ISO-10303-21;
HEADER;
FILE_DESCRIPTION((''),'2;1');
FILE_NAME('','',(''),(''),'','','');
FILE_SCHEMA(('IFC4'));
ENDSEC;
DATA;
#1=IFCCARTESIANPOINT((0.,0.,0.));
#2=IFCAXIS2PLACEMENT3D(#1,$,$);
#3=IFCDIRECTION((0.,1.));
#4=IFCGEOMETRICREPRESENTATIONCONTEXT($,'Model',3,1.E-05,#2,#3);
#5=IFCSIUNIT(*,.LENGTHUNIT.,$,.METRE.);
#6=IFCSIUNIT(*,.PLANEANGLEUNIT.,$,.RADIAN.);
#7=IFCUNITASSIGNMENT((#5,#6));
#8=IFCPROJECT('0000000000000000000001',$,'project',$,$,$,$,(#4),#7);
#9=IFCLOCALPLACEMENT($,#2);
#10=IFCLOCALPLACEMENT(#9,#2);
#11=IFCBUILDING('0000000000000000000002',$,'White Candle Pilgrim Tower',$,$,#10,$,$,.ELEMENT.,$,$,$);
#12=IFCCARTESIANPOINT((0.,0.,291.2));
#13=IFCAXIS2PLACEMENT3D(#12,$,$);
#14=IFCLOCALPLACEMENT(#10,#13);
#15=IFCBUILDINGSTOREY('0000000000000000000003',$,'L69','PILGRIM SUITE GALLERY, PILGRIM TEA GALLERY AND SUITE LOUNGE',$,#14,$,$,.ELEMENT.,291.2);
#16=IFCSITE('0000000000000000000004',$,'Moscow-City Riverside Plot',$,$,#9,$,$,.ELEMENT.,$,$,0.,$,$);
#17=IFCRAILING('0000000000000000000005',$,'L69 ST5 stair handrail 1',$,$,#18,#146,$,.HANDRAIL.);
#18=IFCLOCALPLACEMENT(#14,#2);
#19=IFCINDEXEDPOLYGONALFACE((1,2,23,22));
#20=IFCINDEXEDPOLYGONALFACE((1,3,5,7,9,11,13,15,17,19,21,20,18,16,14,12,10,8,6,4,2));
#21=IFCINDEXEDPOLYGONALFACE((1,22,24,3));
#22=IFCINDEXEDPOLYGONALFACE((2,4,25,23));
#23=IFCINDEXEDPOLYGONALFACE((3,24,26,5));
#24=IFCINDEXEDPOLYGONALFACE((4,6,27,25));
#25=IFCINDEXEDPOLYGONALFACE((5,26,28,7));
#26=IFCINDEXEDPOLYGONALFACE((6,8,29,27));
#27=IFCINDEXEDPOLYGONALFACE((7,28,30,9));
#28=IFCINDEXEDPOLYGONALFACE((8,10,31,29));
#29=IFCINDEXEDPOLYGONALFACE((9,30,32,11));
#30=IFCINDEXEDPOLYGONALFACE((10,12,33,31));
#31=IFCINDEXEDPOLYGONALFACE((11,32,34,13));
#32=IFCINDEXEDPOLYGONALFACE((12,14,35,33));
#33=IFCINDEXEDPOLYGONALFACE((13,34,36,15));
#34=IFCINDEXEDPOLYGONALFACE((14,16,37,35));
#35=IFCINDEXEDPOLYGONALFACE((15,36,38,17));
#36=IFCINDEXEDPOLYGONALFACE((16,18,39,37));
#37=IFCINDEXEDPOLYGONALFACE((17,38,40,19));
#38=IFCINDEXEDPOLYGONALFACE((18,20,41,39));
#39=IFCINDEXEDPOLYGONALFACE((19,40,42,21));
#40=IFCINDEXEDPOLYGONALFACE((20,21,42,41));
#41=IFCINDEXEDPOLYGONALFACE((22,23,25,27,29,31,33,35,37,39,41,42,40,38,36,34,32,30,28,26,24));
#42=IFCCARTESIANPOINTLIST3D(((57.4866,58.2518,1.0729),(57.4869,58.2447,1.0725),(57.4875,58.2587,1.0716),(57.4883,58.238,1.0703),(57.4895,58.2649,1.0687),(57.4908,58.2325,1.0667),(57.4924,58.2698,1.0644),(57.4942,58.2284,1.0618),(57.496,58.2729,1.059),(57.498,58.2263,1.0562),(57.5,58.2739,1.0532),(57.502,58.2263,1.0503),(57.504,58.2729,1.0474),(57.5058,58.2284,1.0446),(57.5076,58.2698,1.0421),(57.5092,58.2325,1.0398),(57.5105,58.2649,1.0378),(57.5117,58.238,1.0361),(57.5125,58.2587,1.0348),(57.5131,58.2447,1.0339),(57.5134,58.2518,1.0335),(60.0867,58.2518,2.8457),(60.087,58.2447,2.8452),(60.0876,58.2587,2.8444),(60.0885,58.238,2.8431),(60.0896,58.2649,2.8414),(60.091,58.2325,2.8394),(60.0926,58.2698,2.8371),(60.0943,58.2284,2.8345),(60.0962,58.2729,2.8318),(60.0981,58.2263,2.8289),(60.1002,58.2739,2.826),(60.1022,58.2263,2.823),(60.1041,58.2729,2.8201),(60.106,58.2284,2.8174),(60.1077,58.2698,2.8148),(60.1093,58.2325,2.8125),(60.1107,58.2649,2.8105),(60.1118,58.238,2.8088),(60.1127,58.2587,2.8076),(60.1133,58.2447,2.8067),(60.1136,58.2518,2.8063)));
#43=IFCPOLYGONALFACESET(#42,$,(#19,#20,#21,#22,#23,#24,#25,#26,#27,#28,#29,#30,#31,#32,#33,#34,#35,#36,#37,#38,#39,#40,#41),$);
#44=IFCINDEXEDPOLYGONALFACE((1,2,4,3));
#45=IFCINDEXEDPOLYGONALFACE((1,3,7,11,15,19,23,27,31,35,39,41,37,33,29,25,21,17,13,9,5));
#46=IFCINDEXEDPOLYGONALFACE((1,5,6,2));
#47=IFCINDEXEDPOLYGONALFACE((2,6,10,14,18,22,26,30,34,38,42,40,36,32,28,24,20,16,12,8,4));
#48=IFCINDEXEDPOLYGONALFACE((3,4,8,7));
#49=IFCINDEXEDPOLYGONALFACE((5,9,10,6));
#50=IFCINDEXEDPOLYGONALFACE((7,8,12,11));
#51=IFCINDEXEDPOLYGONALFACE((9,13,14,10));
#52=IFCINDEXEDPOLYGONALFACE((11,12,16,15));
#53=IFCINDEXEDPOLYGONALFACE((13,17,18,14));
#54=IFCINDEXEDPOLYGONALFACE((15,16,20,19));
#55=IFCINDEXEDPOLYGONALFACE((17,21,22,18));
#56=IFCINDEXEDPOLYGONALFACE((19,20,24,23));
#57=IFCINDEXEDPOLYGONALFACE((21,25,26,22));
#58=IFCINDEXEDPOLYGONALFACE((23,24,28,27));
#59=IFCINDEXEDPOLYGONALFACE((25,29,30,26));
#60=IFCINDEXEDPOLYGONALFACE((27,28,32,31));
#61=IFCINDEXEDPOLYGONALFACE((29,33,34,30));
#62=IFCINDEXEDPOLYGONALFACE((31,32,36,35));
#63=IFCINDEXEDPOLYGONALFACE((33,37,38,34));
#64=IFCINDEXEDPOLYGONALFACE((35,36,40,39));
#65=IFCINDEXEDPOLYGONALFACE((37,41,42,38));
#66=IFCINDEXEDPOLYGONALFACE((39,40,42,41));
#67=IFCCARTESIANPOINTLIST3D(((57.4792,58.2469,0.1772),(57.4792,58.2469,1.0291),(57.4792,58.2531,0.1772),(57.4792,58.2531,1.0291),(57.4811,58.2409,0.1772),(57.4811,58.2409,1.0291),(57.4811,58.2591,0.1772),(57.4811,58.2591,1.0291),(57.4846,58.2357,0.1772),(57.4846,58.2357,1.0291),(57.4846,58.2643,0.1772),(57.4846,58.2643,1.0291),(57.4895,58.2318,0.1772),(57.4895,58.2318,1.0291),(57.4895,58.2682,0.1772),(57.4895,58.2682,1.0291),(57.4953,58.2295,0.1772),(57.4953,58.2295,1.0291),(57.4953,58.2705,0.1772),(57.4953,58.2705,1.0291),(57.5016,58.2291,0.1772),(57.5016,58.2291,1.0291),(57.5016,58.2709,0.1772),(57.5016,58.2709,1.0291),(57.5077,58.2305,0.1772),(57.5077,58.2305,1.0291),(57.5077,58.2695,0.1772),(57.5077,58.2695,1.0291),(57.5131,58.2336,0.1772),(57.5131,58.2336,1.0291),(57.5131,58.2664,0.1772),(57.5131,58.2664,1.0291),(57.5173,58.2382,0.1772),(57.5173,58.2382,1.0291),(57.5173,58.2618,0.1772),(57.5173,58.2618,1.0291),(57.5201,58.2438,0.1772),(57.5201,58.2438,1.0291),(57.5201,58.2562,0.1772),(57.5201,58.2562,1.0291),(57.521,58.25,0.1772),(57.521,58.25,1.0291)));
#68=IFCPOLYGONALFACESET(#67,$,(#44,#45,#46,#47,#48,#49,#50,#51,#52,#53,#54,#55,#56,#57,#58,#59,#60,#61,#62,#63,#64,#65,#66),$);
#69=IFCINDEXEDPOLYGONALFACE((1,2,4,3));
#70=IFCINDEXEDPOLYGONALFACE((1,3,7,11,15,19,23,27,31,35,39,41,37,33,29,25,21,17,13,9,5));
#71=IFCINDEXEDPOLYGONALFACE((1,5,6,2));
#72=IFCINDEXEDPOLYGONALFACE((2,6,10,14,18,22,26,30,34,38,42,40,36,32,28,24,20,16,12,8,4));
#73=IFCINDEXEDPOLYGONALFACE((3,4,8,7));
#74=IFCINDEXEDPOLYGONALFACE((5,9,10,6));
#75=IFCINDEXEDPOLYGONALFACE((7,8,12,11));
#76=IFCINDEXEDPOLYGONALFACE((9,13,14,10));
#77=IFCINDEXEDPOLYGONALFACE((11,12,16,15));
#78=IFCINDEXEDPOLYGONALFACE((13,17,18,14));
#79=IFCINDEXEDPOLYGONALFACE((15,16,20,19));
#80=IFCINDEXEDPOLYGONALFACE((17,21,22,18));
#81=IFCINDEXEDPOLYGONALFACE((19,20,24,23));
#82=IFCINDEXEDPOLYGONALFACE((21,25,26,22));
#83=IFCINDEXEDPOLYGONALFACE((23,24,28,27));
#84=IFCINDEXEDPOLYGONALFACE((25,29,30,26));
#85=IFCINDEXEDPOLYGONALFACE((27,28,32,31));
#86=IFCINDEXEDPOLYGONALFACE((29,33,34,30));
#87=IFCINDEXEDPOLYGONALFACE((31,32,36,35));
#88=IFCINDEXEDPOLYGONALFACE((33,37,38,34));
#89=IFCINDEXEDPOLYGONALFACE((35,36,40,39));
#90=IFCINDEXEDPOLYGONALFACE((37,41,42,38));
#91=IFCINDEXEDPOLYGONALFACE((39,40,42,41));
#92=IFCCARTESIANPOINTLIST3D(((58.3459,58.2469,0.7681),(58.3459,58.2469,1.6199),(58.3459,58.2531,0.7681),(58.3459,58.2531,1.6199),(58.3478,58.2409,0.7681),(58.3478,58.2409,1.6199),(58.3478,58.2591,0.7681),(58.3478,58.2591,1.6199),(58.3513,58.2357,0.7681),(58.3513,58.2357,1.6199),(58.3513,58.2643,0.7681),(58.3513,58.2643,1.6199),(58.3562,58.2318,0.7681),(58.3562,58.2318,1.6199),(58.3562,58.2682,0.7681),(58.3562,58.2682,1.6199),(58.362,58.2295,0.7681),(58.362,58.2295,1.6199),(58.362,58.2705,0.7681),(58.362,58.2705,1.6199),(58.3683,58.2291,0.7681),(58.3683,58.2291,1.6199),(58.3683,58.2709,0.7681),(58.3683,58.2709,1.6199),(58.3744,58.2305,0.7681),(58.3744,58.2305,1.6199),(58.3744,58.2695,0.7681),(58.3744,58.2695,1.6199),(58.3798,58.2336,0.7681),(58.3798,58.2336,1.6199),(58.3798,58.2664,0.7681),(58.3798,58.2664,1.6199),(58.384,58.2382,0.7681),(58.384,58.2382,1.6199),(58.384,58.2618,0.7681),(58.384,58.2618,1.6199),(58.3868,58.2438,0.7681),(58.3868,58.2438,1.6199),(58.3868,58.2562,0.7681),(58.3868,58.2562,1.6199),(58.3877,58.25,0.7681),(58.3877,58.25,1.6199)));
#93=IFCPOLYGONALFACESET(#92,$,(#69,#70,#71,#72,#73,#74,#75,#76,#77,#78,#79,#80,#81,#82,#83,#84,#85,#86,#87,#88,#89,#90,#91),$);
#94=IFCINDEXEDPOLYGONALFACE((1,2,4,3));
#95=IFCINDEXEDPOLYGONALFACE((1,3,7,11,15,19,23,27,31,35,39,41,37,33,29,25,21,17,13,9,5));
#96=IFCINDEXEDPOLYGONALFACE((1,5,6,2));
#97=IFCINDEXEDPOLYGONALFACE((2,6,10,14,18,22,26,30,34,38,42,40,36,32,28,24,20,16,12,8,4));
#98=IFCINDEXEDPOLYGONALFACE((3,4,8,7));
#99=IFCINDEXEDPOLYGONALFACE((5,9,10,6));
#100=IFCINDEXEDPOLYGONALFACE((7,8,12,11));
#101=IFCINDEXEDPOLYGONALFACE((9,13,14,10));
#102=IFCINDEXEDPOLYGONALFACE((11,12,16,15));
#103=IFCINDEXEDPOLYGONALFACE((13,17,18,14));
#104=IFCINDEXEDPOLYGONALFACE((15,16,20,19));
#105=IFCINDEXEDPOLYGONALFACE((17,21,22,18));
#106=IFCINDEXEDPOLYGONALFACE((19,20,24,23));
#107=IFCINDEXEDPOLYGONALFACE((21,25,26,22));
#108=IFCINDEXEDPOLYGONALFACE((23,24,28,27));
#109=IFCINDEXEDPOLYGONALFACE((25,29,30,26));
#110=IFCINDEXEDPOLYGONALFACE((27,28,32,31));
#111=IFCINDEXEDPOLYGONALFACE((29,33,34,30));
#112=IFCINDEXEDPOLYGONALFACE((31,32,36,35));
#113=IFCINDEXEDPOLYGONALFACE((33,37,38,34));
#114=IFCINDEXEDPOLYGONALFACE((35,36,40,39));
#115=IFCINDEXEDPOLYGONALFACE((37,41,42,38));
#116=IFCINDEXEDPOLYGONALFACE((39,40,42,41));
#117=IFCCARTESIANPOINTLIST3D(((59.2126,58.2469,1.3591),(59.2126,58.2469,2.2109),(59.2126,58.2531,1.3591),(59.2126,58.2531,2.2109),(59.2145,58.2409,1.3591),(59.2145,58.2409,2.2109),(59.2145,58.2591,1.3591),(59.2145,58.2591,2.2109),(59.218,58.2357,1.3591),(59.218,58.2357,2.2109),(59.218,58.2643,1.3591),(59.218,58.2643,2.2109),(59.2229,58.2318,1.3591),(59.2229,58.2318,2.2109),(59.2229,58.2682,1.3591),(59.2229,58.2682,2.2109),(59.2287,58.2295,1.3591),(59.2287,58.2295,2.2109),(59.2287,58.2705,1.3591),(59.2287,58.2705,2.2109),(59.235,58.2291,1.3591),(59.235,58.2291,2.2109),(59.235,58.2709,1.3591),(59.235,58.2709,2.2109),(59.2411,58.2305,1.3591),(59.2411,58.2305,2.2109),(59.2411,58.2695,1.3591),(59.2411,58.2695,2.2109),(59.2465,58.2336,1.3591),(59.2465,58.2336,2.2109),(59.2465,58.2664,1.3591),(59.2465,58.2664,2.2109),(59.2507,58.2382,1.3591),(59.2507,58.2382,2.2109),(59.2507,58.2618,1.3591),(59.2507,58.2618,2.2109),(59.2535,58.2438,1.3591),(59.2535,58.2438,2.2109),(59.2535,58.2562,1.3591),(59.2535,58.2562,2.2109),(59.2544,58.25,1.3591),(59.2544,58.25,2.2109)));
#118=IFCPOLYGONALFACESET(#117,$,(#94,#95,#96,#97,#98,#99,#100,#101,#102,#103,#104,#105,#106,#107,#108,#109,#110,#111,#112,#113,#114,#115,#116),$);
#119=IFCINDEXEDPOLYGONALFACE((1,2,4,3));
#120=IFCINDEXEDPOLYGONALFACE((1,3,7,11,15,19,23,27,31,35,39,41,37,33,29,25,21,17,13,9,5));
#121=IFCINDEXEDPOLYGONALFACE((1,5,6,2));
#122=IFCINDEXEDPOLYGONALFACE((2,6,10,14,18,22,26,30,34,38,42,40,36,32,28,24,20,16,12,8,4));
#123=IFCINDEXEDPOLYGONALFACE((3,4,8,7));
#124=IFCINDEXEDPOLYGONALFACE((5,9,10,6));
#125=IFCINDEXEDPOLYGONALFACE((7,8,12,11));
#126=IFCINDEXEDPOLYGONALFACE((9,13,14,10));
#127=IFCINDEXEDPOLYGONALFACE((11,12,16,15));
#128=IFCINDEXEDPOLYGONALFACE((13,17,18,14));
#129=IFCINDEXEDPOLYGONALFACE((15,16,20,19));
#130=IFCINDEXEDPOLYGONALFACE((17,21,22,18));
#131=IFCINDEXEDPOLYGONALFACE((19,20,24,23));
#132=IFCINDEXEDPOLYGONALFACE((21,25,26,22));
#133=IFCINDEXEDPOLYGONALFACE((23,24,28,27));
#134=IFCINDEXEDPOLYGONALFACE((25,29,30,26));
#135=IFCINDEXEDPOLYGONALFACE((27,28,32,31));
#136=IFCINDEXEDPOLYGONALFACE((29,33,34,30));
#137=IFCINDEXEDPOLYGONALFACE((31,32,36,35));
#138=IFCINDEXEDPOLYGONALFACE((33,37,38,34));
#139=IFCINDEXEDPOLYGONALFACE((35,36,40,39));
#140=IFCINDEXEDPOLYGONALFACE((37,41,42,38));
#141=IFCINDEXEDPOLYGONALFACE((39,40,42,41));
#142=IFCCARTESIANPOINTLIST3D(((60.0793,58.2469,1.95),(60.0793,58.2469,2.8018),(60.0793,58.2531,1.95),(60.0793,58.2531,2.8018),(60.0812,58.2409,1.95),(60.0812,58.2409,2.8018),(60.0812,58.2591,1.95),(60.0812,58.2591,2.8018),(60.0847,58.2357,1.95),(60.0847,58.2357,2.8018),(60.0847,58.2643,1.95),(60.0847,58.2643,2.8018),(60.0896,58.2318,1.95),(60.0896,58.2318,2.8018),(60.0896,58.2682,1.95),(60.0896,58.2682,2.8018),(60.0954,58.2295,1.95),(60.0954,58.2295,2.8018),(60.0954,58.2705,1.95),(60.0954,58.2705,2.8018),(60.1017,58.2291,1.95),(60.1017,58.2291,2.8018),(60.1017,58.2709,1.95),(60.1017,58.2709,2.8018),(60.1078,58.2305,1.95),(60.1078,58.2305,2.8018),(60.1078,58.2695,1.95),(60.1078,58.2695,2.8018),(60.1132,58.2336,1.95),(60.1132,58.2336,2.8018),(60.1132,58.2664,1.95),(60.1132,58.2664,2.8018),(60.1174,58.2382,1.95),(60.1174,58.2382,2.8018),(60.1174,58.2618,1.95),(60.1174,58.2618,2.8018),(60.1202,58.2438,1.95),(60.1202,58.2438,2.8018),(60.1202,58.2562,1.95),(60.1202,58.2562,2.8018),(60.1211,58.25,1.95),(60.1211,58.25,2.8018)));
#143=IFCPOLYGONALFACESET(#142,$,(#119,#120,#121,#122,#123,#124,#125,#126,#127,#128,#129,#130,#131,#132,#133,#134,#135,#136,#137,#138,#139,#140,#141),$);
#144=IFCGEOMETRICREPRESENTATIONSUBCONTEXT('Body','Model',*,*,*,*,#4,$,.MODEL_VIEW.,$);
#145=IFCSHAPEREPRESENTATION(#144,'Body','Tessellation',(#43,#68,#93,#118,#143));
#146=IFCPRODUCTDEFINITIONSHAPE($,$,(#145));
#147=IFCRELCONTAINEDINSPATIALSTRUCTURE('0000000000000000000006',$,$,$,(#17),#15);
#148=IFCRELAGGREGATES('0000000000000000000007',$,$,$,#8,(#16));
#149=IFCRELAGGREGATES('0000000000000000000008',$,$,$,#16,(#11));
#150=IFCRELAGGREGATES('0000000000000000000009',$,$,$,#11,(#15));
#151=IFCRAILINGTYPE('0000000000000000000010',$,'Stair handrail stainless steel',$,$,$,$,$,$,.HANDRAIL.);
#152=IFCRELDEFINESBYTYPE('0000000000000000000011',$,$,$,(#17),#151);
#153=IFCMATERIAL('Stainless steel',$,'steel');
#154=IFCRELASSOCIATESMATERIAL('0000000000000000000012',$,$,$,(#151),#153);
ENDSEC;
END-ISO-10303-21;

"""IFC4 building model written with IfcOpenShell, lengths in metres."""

from ifc_helpers import new_model, si_unit, direction, frame, origin, origin_2d, place, context, subcontext, project, spatial, circle, extrude, material, type_object, element, save


model = new_model("IFC4")

# Units and contexts
model_context = context("Model", 3, precision=1e-05, world=origin(), true_north=direction((0.0, 1.0)))
body_context = subcontext(model_context, "Body", "Model", "MODEL_VIEW")
ifc_project = project(units=[si_unit("LENGTHUNIT", "METRE"), si_unit("PLANEANGLEUNIT", "RADIAN")], contexts=[model_context])

# Site, building, storey
site_placement = place(None, origin())
site = spatial("IfcSite", under=ifc_project, at=site_placement, Name="Moscow-City Riverside Plot", CompositionType="ELEMENT", RefElevation=0.0)
building_placement = place(site_placement, origin())
building = spatial("IfcBuilding", under=site, at=building_placement, Name="White Candle Pilgrim Tower", CompositionType="ELEMENT")
storey_placement = place(building_placement, frame((0.0, 0.0, 291.2)))
storey = spatial("IfcBuildingStorey", under=building, at=storey_placement, Name="L69", Description="PILGRIM SUITE GALLERY, PILGRIM TEA GALLERY AND SUITE LOUNGE", CompositionType="ELEMENT", Elevation=291.2)

# Railing
ifc_material_1 = material(Name="Stainless steel", Category="steel")
railing_type_1 = type_object("IfcRailingType", Name="Stair handrail stainless steel", PredefinedType="HANDRAIL", material=ifc_material_1)
railing_1_placement = place(storey_placement, frame((57.5, 58.25, 0.1772)))
element("IfcRailing", 1, at=railing_1_placement, inside=storey, type_object=railing_type_1, Name="L69 ST5 stair handrail 1", PredefinedType="HANDRAIL", context=body_context, shape_type="SweptSolid", body=[
    extrude(circle(Radius=0.0239, at=origin_2d()), frame((0.0, 0.0, 0.876), z_axis=(0.82624, 0.0, 0.563318), x_axis=(0.0, 1.0, 0.0)), (0.0, 0.0, 1.0), 3.147),
    extrude(circle(Radius=0.021, at=origin_2d()), origin(), (0.0, 0.0, 1.0), 0.8518),
    extrude(circle(Radius=0.021, at=origin_2d()), frame((0.8667, 0.0, 0.5908)), (0.0, 0.0, 1.0), 0.8518),
    extrude(circle(Radius=0.021, at=origin_2d()), frame((1.7334, 0.0, 1.1819)), (0.0, 0.0, 1.0), 0.8518),
    extrude(circle(Radius=0.021, at=origin_2d()), frame((2.6001, 0.0, 1.7727)), (0.0, 0.0, 1.0), 0.8518),
])

save(model, "model.ifc")
